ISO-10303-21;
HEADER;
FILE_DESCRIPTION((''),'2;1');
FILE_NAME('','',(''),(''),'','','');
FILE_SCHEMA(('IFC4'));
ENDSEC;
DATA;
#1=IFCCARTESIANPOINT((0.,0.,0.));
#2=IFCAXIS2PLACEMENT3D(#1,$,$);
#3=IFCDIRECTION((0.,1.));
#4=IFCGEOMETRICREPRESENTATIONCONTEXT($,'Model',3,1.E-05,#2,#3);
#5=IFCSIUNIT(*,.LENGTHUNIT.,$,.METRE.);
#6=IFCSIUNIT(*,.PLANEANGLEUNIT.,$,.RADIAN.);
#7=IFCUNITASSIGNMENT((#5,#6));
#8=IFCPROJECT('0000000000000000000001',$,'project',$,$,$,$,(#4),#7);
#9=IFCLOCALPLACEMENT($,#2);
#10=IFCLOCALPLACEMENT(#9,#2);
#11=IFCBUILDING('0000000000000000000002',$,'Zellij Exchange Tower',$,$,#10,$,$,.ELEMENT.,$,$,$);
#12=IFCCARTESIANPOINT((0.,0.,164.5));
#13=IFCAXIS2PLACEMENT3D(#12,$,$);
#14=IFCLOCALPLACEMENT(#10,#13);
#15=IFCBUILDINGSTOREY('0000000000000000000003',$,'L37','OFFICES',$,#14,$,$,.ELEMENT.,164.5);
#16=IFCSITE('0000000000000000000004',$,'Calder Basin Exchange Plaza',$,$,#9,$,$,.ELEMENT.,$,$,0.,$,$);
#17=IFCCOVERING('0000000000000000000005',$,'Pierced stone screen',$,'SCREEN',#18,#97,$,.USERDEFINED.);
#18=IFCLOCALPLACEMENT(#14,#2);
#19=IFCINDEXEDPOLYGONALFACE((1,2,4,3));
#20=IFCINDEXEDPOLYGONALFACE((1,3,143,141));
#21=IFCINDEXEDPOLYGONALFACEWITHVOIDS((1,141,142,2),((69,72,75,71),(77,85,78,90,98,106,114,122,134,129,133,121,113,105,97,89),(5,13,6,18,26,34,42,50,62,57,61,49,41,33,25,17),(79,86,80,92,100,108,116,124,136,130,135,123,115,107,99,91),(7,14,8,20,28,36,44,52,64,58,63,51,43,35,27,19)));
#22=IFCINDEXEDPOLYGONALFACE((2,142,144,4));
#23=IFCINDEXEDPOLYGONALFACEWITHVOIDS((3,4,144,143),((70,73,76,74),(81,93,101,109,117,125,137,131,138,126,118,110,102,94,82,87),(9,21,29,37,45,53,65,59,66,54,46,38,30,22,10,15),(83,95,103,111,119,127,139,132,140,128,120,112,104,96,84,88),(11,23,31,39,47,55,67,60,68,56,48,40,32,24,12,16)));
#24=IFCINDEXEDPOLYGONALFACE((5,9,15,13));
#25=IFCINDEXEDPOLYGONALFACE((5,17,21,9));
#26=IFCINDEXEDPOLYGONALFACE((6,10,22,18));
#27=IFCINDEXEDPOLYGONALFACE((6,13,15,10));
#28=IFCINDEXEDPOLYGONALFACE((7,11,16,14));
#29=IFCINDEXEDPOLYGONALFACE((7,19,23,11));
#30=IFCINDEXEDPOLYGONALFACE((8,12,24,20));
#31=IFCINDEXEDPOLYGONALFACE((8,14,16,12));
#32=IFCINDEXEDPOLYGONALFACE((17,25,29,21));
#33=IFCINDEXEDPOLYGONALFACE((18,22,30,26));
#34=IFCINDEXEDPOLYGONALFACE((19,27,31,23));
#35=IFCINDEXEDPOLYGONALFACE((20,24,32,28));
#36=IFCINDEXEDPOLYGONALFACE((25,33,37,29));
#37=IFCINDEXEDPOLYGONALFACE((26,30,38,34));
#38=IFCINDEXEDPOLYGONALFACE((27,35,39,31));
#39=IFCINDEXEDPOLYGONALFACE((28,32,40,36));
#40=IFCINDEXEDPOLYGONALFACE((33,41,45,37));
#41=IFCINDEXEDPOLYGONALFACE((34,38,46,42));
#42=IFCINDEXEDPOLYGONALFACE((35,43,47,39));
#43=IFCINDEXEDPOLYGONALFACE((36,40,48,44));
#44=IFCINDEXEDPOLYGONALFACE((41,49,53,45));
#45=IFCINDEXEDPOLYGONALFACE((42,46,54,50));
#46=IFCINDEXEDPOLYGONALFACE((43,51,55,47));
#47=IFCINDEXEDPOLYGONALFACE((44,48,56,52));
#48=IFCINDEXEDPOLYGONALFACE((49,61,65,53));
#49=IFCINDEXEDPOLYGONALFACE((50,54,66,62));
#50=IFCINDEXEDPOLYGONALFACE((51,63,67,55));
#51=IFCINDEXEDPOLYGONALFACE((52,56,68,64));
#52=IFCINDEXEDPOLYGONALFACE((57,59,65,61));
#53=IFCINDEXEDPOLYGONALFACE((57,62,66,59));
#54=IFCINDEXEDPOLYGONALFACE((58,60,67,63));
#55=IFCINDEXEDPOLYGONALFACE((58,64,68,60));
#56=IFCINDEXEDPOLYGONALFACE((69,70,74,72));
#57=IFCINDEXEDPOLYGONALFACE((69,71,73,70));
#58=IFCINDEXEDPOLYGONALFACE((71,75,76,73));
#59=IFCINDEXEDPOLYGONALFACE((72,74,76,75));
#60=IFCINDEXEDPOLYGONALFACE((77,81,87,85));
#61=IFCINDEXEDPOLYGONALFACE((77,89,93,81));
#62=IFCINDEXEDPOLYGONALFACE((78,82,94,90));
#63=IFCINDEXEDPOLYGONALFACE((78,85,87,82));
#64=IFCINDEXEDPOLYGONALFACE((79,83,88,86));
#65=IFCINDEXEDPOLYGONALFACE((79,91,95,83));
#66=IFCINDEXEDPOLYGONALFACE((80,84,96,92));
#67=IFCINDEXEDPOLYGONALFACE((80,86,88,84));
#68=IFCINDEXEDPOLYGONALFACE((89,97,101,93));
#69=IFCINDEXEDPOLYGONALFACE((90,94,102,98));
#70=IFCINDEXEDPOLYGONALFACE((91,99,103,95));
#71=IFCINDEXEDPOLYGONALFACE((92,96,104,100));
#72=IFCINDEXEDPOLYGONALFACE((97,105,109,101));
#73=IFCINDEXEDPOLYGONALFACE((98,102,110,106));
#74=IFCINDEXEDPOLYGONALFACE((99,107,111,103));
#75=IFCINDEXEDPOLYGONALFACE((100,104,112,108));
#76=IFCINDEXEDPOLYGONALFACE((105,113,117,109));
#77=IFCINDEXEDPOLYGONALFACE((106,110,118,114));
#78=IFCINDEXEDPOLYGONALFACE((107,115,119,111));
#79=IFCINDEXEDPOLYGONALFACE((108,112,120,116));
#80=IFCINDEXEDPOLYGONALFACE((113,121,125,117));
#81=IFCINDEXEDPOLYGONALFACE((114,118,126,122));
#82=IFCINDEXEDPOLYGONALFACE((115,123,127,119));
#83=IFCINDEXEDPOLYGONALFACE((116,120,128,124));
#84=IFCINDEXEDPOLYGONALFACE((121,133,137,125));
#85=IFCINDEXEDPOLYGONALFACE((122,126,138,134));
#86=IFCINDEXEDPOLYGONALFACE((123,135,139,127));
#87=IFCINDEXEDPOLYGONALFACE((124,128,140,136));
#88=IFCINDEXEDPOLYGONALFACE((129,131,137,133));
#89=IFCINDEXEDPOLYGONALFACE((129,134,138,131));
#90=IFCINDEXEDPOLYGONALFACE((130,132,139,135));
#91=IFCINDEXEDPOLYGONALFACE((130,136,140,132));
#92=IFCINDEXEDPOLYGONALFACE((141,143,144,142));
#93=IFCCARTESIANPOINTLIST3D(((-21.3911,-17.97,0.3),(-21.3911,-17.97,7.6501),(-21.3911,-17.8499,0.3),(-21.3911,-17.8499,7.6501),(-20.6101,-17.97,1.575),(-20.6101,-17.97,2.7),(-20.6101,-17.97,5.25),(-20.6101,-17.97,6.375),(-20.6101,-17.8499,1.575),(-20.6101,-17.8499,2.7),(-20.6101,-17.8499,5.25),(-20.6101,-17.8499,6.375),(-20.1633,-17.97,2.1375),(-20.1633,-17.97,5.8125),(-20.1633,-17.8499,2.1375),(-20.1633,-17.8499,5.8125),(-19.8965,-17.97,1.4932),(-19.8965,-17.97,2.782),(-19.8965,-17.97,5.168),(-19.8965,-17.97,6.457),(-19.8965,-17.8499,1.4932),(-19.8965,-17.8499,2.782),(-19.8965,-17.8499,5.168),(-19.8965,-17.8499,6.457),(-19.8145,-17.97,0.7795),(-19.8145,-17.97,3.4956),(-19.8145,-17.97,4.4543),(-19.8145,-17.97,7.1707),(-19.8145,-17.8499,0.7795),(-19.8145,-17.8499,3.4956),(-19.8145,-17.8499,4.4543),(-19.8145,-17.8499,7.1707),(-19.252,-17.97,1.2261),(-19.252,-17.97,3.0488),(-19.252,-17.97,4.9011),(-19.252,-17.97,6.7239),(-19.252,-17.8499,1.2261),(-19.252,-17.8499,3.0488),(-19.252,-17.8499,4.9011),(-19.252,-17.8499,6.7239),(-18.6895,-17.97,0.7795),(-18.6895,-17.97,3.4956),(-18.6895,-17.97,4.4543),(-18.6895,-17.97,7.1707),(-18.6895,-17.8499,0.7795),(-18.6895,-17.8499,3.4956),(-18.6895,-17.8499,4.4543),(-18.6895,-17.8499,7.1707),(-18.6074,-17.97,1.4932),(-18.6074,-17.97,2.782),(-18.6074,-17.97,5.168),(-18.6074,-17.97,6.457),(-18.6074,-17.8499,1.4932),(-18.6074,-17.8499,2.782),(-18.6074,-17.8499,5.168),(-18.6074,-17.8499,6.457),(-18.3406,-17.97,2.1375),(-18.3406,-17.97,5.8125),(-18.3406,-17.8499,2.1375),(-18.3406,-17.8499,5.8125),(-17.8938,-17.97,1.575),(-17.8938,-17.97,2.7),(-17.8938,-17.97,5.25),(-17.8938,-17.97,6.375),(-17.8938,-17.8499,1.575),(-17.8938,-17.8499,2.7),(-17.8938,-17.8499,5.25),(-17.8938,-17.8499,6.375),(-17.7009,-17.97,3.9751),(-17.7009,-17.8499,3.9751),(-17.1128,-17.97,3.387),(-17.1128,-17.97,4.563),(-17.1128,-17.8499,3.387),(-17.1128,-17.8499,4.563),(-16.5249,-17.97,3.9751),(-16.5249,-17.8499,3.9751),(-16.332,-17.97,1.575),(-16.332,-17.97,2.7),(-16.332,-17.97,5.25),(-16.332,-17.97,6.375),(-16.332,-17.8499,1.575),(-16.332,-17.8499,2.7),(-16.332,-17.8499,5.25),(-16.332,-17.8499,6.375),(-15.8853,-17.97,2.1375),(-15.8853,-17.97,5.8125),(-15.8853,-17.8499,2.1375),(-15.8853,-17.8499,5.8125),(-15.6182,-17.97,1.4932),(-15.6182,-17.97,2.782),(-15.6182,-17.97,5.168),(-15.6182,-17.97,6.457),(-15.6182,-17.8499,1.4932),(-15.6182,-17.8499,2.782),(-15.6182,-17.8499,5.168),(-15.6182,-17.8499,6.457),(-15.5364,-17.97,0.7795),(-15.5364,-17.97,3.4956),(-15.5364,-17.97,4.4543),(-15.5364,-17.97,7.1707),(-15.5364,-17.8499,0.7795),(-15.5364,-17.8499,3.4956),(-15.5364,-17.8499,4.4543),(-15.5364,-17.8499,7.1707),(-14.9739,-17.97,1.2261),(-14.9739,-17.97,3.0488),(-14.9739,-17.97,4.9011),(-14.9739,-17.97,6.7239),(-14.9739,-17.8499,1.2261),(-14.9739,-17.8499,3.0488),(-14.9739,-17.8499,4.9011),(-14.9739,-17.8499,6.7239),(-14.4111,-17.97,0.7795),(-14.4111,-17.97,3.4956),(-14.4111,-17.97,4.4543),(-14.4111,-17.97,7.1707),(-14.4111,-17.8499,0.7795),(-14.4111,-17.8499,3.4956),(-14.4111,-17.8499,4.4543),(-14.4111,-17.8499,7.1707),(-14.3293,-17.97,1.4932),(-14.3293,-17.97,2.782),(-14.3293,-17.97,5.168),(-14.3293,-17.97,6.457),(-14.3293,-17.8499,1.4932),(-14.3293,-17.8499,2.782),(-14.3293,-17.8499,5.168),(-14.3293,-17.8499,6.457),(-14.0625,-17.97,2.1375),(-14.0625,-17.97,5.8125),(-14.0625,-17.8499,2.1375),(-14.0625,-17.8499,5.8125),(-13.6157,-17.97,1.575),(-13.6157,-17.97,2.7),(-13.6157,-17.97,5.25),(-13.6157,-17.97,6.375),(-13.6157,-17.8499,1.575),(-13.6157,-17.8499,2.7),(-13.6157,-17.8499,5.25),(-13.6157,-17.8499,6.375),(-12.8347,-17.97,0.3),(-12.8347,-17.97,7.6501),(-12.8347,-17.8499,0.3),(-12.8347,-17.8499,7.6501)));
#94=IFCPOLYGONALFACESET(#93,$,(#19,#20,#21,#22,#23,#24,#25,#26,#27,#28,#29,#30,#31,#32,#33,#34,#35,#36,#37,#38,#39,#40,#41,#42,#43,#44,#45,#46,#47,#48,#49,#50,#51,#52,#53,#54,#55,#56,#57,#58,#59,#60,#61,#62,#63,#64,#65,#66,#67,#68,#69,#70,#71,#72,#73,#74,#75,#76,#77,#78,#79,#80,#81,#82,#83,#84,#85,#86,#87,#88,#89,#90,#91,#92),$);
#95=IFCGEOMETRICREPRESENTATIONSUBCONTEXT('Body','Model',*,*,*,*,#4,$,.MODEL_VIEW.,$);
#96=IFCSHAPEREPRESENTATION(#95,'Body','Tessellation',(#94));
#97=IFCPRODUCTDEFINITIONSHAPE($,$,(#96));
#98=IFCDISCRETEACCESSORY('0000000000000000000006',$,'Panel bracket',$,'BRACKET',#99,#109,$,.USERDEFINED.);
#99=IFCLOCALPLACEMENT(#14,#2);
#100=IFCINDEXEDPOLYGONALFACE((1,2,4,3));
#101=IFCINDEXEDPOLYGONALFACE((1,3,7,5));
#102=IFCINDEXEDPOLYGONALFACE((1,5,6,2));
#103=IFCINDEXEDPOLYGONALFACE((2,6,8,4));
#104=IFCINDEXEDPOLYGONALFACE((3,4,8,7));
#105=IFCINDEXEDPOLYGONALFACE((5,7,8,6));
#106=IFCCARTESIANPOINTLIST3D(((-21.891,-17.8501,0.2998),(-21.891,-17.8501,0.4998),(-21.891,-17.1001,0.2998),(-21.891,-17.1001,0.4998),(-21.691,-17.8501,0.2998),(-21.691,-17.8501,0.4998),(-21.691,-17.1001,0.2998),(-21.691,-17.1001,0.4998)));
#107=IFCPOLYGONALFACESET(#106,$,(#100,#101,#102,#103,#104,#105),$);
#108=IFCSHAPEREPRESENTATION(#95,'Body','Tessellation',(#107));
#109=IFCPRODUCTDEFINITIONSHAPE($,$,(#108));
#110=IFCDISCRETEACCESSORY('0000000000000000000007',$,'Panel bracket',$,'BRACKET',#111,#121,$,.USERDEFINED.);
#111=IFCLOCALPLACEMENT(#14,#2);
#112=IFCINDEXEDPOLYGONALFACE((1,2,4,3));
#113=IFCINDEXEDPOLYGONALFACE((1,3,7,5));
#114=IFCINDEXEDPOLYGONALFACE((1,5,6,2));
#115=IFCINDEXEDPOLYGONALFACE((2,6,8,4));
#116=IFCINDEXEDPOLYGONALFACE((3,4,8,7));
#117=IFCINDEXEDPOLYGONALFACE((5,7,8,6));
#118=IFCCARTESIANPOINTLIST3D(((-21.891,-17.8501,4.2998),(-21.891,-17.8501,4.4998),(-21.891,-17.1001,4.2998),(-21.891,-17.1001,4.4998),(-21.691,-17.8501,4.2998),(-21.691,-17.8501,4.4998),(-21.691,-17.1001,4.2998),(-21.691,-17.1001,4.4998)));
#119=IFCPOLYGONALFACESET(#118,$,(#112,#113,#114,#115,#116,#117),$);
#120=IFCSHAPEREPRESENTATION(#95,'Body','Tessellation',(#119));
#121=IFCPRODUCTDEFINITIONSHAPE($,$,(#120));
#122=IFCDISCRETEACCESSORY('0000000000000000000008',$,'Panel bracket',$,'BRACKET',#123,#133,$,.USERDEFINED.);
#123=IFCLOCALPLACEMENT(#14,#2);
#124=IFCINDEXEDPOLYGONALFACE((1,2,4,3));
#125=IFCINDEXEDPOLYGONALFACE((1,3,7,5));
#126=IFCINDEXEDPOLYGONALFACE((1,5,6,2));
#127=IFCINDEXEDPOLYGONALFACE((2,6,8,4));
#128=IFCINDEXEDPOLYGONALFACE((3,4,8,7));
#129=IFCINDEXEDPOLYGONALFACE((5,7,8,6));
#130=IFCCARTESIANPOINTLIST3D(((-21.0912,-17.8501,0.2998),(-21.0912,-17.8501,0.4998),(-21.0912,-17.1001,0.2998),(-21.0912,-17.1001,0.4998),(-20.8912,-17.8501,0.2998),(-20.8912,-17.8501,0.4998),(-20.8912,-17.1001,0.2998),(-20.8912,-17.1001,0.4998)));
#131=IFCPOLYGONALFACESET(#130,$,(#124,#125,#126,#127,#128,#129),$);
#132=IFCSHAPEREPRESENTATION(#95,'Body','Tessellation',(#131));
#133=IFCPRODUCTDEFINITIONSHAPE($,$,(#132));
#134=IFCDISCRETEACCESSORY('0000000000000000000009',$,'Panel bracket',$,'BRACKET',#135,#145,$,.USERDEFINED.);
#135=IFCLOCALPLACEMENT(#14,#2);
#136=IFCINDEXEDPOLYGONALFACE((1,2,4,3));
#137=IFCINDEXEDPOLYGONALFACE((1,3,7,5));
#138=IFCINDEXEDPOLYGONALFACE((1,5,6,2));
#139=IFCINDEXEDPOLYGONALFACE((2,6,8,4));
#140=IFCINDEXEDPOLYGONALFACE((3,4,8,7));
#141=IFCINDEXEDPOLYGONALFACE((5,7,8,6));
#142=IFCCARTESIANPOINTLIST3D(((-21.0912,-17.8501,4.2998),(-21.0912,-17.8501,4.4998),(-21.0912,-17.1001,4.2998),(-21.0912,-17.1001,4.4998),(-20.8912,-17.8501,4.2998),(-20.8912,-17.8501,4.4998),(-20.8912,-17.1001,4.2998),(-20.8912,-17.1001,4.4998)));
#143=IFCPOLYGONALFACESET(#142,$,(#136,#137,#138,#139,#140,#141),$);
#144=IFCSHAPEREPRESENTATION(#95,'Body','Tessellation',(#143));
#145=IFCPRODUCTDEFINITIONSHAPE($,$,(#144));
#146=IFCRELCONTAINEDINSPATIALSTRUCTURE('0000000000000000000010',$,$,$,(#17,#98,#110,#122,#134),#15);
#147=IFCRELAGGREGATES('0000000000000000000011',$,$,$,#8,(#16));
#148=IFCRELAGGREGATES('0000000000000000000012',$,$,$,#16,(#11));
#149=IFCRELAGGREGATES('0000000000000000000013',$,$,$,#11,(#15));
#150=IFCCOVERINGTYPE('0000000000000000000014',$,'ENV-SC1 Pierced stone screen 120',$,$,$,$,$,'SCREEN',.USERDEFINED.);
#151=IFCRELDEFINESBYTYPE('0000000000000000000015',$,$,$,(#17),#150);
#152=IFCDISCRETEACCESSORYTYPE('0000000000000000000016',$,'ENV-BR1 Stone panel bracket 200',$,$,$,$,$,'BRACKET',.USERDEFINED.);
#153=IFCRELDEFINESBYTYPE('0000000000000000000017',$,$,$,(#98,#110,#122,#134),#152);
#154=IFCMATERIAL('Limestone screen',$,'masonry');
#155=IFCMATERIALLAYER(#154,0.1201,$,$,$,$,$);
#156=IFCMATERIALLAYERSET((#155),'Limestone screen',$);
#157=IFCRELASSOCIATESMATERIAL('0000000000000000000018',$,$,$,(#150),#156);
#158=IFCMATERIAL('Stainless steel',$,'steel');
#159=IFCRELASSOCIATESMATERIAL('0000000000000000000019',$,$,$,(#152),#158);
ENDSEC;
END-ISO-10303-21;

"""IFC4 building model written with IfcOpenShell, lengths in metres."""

from ifc_helpers import new_model, si_unit, direction, frame, origin, origin_2d, place, context, subcontext, project, spatial, polyline, rectangle, outline, extrude, material, layer, layer_set, type_object, element, save


model = new_model("IFC4")

# Units and contexts
model_context = context("Model", 3, precision=1e-05, world=origin(), true_north=direction((0.0, 1.0)))
body_context = subcontext(model_context, "Body", "Model", "MODEL_VIEW")
ifc_project = project(units=[si_unit("LENGTHUNIT", "METRE"), si_unit("PLANEANGLEUNIT", "RADIAN")], contexts=[model_context])

# Site, building, storey
site_placement = place(None, origin())
site = spatial("IfcSite", under=ifc_project, at=site_placement, Name="Calder Basin Exchange Plaza", CompositionType="ELEMENT", RefElevation=0.0)
building_placement = place(site_placement, origin())
building = spatial("IfcBuilding", under=site, at=building_placement, Name="Zellij Exchange Tower", CompositionType="ELEMENT")
storey_placement = place(building_placement, frame((0.0, 0.0, 164.5)))
storey = spatial("IfcBuildingStorey", under=building, at=storey_placement, Name="L37", Description="OFFICES", CompositionType="ELEMENT", Elevation=164.5)

# Shared definitions
ifc_material_1 = material(Name="Stainless steel", Category="steel")

# Covering
ifc_material_2 = material(Name="Limestone screen", Category="masonry")
ifc_layer_1 = layer(ifc_material_2, 0.1201)
ifc_layer_set_1 = layer_set([ifc_layer_1], Name="Limestone screen")
covering_type = type_object("IfcCoveringType", Name="ENV-SC1 Pierced stone screen 120", ElementType="SCREEN", PredefinedType="USERDEFINED", material=ifc_layer_set_1)
covering_placement = place(storey_placement, frame((-21.3911, -17.9099, 0.3), z_axis=(0.0, 0.0, 1.0), x_axis=(1.0, 0.0, 0.0)))
element("IfcCovering", 1, at=covering_placement, inside=storey, type_object=covering_type, Name="Pierced stone screen", ObjectType="SCREEN", PredefinedType="USERDEFINED", context=body_context, shape_type="SweptSolid", body=[
    extrude(outline(polyline([(0.0, 0.0), (8.5564, 0.0), (8.5564, 7.3501), (0.0, 7.3501), (0.0, 0.0)]), holes=[polyline([(3.4973, 2.3999), (2.7837, 2.4819), (2.7017, 3.1956), (2.1392, 2.7488), (1.5767, 3.1956), (1.4946, 2.4819), (0.781, 2.3999), (1.2278, 1.8374), (0.781, 1.2749), (1.4946, 1.1931), (1.5767, 0.4795), (2.1392, 0.926), (2.7017, 0.4795), (2.7837, 1.1931), (3.4973, 1.2749), (3.0505, 1.8374), (3.4973, 2.3999)]), polyline([(3.4973, 6.075), (2.7837, 6.157), (2.7017, 6.8706), (2.1392, 6.4238), (1.5767, 6.8706), (1.4946, 6.157), (0.781, 6.075), (1.2278, 5.5125), (0.781, 4.95), (1.4946, 4.8679), (1.5767, 4.1543), (2.1392, 4.6011), (2.7017, 4.1543), (2.7837, 4.8679), (3.4973, 4.95), (3.0505, 5.5125), (3.4973, 6.075)]), polyline([(7.7754, 2.3999), (7.0618, 2.4819), (6.98, 3.1956), (6.4172, 2.7488), (5.8547, 3.1956), (5.7729, 2.4819), (5.0591, 2.3999), (5.5059, 1.8374), (5.0591, 1.2749), (5.7729, 1.1931), (5.8547, 0.4795), (6.4172, 0.926), (6.98, 0.4795), (7.0618, 1.1931), (7.7754, 1.2749), (7.3286, 1.8374), (7.7754, 2.3999)]), polyline([(7.7754, 6.075), (7.0618, 6.157), (6.98, 6.8706), (6.4172, 6.4238), (5.8547, 6.8706), (5.7729, 6.157), (5.0591, 6.075), (5.5059, 5.5125), (5.0591, 4.95), (5.7729, 4.8679), (5.8547, 4.1543), (6.4172, 4.6011), (6.98, 4.1543), (7.0618, 4.8679), (7.7754, 4.95), (7.3286, 5.5125), (7.7754, 6.075)]), polyline([(4.8662, 3.675), (4.2783, 4.2629), (3.6902, 3.675), (4.2783, 3.0869), (4.8662, 3.675)])]), frame((0.0, 0.0601, 0.0), z_axis=(0.0, -1.0, 0.0), x_axis=(1.0, 0.0, 0.0)), (0.0, 0.0, 1.0), 0.1201),
])

# Discrete accessories
discrete_accessory_type = type_object("IfcDiscreteAccessoryType", Name="ENV-BR1 Stone panel bracket 200", ElementType="BRACKET", PredefinedType="USERDEFINED", material=ifc_material_1)
for number, where, z_axis, x_axis, name in (
    (2, (-21.791, -17.4751, 0.2998), (0.0, 0.0, 1.0), (1.0, 0.0, 0.0), "Panel bracket"),
    (3, (-21.791, -17.4751, 4.2998), (0.0, 0.0, 1.0), (1.0, 0.0, 0.0), "Panel bracket"),
    (4, (-20.9912, -17.4751, 0.2998), (0.0, 0.0, 1.0), (1.0, 0.0, 0.0), "Panel bracket"),
    (5, (-20.9912, -17.4751, 4.2998), (0.0, 0.0, 1.0), (1.0, 0.0, 0.0), "Panel bracket"),
):
    element("IfcDiscreteAccessory", number, at=place(storey_placement, frame(where, z_axis=z_axis, x_axis=x_axis)), inside=storey, type_object=discrete_accessory_type, Name=name, ObjectType="BRACKET", PredefinedType="USERDEFINED", context=body_context, shape_type="SweptSolid", body=[
        extrude(rectangle(XDim=0.2, YDim=0.75, at=origin_2d()), origin(), (0.0, 0.0, 1.0), 0.2),
    ])

save(model, "model.ifc")
